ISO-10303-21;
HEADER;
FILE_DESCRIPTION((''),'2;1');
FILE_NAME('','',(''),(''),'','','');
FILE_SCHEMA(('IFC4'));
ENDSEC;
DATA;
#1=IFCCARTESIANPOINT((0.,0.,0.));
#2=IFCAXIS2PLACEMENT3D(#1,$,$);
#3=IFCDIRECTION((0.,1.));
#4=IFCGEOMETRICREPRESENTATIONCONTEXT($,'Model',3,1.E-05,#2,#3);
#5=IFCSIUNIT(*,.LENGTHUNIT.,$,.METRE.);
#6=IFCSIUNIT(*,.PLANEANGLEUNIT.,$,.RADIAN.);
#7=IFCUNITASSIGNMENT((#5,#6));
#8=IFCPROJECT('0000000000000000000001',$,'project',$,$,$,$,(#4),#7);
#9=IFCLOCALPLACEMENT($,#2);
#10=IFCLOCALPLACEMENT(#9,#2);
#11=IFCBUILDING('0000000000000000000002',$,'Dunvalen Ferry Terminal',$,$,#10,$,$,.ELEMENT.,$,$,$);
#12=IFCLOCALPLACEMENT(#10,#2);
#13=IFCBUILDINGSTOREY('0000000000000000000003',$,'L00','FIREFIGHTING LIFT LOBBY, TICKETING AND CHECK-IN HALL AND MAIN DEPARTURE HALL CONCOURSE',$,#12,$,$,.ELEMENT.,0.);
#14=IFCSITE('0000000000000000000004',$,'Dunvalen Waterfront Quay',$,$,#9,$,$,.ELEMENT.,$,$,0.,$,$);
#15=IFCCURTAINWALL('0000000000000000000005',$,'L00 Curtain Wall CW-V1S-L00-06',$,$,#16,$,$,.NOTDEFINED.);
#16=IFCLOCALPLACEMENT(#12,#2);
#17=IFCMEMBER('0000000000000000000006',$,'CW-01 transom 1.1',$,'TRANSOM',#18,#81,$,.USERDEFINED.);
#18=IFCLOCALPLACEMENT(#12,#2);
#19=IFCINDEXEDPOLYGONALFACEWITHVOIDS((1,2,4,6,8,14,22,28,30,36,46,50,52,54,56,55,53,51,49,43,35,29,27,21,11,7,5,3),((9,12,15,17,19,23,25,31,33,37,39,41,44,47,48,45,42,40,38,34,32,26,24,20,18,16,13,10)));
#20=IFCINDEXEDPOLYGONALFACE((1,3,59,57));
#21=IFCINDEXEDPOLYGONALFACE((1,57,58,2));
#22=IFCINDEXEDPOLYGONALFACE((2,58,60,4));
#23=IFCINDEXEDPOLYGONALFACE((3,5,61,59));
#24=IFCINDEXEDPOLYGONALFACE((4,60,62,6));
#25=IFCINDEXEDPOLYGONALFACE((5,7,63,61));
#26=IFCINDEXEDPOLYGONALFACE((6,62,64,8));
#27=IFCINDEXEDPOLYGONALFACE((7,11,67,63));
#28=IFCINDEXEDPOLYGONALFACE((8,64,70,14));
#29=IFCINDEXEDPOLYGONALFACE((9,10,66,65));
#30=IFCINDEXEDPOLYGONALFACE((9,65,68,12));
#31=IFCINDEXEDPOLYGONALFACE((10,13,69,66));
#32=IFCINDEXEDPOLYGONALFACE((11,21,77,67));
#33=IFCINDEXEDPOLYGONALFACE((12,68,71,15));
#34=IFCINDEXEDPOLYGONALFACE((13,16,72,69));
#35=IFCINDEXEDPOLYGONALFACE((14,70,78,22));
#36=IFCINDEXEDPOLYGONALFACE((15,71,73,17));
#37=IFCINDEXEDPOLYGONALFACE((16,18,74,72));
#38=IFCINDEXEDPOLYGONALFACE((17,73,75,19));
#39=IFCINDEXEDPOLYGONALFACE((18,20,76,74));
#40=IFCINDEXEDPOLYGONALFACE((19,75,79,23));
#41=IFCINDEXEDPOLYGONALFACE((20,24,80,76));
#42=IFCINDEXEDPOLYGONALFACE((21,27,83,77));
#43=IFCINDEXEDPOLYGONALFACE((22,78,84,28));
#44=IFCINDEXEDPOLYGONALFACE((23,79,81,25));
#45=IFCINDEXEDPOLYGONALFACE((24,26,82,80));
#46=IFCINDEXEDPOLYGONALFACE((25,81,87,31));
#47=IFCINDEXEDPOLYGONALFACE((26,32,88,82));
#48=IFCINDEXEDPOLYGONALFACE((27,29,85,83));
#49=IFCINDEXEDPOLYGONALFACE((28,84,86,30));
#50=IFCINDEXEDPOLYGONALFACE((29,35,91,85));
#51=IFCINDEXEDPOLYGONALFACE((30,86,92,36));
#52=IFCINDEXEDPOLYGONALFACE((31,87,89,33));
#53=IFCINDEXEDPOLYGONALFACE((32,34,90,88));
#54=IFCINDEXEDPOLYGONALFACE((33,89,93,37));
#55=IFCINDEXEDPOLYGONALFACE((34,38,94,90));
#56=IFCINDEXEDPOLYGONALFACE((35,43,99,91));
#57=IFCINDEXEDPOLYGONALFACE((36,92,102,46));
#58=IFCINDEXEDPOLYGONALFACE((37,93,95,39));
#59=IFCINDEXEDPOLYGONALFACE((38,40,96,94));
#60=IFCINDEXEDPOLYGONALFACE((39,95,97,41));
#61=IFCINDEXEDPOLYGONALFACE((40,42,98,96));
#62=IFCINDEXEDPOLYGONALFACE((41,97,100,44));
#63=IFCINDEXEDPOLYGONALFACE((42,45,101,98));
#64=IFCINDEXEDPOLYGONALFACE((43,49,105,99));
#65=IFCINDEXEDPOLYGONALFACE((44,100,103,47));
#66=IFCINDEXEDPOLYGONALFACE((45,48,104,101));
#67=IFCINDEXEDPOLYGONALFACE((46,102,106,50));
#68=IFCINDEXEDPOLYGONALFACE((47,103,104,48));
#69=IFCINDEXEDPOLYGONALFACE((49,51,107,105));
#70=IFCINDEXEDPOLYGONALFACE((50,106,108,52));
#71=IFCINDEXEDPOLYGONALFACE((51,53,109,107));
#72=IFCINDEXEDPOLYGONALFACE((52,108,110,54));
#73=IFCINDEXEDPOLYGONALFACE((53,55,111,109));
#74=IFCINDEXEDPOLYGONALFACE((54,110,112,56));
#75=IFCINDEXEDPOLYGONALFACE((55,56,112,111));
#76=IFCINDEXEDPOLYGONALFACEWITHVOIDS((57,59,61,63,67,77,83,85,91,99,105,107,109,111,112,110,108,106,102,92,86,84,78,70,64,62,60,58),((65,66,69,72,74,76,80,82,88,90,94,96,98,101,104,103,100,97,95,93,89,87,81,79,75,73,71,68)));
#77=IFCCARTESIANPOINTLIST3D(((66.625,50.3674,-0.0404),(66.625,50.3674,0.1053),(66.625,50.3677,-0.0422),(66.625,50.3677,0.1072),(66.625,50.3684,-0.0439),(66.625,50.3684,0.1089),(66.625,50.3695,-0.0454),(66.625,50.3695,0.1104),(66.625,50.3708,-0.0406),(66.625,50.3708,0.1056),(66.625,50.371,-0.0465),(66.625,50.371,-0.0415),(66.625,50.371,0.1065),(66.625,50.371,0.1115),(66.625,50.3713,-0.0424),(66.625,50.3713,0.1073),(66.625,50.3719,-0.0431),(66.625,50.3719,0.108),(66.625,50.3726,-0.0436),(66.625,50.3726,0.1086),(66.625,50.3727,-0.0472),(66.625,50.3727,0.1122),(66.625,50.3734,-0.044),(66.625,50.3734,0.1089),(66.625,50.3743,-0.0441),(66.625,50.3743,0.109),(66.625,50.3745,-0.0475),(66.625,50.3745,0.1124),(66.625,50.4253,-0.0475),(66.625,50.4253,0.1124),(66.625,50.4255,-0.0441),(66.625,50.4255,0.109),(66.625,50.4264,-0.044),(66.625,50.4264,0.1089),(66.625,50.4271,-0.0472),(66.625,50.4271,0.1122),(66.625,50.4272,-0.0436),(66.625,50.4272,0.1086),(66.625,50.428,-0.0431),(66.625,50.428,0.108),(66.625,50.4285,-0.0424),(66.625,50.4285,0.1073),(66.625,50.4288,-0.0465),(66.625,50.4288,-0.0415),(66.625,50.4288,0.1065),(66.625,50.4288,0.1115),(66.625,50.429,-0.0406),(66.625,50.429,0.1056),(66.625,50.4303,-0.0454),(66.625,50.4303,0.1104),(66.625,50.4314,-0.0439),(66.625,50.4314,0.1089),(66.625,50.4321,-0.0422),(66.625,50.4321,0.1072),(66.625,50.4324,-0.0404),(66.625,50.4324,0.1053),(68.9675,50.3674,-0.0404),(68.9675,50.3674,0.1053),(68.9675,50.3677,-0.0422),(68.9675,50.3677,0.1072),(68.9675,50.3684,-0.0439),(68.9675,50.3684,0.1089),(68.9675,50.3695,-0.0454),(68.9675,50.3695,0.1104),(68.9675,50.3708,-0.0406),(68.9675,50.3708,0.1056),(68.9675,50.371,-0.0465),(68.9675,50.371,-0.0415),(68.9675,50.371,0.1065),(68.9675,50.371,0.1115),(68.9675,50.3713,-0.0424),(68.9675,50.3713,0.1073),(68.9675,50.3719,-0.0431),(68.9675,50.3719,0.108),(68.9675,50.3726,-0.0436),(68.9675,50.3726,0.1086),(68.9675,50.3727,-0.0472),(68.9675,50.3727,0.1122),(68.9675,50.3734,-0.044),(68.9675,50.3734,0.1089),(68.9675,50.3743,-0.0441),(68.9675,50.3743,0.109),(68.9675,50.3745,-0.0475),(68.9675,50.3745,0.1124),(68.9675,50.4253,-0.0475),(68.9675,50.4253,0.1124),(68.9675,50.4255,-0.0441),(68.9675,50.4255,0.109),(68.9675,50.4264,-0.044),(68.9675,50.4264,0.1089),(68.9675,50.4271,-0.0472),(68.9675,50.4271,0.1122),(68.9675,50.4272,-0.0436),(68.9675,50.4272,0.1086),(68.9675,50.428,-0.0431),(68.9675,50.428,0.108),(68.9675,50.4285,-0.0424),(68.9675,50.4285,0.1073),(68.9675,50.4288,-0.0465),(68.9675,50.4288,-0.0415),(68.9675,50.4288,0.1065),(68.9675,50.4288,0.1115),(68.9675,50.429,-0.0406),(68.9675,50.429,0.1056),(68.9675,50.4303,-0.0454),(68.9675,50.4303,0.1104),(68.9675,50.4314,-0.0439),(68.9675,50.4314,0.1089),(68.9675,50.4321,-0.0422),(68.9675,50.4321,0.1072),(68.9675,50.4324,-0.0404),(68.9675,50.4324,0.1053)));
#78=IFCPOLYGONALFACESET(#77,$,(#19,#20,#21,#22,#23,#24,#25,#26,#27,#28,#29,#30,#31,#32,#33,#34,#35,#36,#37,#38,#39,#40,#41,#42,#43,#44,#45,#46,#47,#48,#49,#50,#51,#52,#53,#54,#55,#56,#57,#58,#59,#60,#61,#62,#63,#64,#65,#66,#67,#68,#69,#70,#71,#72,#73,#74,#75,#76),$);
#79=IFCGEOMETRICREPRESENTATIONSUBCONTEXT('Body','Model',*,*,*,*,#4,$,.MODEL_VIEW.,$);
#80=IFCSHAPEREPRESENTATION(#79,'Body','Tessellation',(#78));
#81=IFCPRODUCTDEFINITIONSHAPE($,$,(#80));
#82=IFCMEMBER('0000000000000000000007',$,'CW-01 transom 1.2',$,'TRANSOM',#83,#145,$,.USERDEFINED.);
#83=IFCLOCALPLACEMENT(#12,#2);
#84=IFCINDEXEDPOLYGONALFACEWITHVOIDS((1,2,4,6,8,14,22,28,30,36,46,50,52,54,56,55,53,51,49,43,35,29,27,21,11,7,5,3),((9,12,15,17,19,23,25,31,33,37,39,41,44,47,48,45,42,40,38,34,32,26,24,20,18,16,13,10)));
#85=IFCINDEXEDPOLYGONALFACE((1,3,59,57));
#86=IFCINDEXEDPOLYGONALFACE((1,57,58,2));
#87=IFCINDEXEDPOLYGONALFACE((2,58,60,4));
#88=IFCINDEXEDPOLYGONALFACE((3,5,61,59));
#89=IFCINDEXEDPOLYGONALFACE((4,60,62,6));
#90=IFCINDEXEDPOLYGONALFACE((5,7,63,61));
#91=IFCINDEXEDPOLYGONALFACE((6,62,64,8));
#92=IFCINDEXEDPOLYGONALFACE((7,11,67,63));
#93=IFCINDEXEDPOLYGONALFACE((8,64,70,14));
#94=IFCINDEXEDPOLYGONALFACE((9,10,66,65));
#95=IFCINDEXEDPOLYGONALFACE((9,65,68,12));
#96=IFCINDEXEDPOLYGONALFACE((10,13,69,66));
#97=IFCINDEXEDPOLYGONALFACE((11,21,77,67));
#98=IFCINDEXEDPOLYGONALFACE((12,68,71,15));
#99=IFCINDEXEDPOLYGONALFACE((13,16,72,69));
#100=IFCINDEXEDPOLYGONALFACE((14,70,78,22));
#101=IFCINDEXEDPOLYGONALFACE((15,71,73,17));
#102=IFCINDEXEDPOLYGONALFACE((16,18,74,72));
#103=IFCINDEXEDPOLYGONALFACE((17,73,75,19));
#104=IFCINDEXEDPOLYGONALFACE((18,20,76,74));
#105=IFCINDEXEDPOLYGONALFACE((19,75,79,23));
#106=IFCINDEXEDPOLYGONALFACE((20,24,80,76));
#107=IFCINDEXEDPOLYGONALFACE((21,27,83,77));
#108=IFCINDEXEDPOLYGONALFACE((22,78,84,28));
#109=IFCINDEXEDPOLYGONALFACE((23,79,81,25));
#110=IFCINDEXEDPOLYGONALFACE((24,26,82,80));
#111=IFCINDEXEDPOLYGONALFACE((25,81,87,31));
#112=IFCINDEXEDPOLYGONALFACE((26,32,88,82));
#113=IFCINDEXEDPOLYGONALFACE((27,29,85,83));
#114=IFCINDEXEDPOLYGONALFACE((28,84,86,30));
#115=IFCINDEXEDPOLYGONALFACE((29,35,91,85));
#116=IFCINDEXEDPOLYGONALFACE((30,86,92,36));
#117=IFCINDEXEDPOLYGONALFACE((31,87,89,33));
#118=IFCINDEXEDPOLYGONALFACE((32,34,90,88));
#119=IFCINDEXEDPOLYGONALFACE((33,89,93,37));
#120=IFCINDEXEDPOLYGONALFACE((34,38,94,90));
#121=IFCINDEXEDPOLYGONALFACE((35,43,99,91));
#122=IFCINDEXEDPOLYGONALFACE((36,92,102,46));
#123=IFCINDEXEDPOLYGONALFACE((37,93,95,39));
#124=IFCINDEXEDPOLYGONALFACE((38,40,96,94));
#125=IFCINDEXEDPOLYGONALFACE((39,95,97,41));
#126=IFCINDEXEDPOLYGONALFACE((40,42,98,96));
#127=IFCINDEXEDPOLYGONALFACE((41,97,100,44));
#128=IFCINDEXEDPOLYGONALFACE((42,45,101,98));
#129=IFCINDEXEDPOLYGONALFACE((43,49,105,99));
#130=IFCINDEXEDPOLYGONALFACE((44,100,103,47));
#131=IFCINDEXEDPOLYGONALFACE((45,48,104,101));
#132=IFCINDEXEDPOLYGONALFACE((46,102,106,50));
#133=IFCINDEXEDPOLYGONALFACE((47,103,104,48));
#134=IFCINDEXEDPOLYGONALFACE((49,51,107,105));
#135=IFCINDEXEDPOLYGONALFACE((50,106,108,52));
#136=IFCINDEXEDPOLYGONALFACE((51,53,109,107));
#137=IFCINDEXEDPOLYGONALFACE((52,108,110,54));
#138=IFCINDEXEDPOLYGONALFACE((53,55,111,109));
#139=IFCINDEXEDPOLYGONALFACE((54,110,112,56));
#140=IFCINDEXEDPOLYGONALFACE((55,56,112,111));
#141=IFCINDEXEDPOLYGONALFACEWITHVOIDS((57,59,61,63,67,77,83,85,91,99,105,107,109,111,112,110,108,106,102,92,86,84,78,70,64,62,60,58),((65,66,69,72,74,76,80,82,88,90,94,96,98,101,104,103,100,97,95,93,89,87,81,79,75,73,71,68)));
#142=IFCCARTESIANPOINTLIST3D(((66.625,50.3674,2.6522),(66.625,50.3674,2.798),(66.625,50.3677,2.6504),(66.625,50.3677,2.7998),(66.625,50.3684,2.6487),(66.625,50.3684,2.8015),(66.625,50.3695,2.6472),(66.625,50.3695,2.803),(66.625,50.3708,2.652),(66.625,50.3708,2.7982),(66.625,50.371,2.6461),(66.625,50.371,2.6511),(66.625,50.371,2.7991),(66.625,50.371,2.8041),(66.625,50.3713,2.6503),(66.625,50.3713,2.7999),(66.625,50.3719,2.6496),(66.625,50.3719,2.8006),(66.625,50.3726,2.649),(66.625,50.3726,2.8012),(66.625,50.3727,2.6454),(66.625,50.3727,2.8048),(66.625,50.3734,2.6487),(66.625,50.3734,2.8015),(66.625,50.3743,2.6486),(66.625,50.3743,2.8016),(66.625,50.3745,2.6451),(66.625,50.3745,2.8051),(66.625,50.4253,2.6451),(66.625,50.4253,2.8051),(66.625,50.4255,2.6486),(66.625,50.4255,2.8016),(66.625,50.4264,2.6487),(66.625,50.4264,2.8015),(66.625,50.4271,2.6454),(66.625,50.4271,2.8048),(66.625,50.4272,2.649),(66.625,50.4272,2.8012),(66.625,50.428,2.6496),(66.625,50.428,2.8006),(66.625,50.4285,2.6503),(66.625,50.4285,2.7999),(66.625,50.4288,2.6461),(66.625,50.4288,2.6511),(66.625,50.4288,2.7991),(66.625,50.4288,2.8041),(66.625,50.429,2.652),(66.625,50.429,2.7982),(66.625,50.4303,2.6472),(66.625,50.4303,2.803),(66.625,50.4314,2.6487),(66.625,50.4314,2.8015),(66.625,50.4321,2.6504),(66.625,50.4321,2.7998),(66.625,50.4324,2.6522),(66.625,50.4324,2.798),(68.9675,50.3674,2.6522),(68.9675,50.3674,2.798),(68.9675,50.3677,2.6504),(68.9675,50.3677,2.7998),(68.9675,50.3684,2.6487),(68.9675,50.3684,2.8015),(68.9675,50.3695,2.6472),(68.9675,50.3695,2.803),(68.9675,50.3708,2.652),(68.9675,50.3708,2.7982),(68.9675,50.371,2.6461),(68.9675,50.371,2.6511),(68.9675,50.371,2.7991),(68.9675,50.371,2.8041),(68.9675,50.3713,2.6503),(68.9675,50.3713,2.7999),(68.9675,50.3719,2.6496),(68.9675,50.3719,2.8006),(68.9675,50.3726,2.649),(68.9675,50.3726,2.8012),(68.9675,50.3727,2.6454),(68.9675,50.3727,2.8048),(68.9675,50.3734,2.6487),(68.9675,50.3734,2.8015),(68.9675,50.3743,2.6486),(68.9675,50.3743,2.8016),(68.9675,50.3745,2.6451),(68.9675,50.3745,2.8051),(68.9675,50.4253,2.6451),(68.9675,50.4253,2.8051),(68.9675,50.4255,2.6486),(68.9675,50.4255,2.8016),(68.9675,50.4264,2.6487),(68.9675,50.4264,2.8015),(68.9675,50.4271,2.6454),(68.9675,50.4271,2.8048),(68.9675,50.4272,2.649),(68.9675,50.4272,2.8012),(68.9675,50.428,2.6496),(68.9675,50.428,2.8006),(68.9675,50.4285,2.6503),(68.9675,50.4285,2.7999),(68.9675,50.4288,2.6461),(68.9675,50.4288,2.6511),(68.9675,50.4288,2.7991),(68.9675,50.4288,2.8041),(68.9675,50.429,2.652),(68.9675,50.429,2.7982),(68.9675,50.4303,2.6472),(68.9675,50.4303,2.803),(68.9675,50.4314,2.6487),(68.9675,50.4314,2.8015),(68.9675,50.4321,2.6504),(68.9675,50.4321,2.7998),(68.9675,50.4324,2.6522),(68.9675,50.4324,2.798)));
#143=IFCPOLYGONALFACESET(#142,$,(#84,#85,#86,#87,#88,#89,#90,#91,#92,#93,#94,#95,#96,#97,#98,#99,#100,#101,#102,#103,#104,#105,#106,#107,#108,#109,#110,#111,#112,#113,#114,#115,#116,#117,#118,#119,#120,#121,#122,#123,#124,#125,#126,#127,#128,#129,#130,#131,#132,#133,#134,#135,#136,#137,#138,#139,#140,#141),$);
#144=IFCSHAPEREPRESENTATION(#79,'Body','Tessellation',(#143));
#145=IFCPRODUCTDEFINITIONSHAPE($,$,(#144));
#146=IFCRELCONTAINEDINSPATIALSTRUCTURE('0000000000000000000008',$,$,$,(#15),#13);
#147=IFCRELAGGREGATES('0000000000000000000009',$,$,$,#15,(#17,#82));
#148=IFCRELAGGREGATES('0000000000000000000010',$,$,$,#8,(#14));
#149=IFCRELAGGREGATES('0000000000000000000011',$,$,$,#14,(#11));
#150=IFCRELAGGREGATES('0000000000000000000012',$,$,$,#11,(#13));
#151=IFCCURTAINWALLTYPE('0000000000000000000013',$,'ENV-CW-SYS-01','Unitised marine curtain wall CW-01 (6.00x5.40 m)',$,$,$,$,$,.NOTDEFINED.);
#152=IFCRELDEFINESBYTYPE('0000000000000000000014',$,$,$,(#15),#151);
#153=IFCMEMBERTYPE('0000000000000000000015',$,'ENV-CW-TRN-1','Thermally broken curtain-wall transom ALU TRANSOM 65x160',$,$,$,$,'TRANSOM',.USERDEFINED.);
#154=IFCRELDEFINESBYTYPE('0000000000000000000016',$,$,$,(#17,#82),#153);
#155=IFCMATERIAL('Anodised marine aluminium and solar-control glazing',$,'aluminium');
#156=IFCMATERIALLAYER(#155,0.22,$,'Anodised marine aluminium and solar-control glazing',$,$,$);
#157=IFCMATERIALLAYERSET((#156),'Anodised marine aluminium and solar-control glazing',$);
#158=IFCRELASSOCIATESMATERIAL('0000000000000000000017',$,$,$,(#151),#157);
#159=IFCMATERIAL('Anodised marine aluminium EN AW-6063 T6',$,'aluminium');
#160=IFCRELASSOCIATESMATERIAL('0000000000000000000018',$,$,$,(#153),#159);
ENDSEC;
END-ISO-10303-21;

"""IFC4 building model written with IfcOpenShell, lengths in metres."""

from ifc_helpers import new_model, si_unit, direction, frame, origin, origin_2d, place, context, subcontext, project, spatial, hollow_rectangle, extrude, material, layer, layer_set, material_profile, profile_set, type_object, element, aggregate, save


model = new_model("IFC4")

# Units and contexts
model_context = context("Model", 3, precision=1e-05, world=origin(), true_north=direction((0.0, 1.0)))
body_context = subcontext(model_context, "Body", "Model", "MODEL_VIEW")
ifc_project = project(units=[si_unit("LENGTHUNIT", "METRE"), si_unit("PLANEANGLEUNIT", "RADIAN")], contexts=[model_context])

# Site, building, storey
site_placement = place(None, origin())
site = spatial("IfcSite", under=ifc_project, at=site_placement, Name="Dunvalen Waterfront Quay", CompositionType="ELEMENT", RefElevation=0.0)
building_placement = place(site_placement, origin())
building = spatial("IfcBuilding", under=site, at=building_placement, Name="Dunvalen Ferry Terminal", CompositionType="ELEMENT")
storey_placement = place(building_placement, origin())
storey = spatial("IfcBuildingStorey", under=building, at=storey_placement, Name="L00", Description="FIREFIGHTING LIFT LOBBY, TICKETING AND CHECK-IN HALL AND MAIN DEPARTURE HALL CONCOURSE", CompositionType="ELEMENT", Elevation=0.0)

# Curtain wall, members
ifc_material_1 = material(Name="Anodised marine aluminium and solar-control glazing", Category="aluminium")
ifc_layer_1 = layer(ifc_material_1, 0.22, Name="Anodised marine aluminium and solar-control glazing")
ifc_layer_set_1 = layer_set([ifc_layer_1], Name="Anodised marine aluminium and solar-control glazing")
curtain_wall_type = type_object("IfcCurtainWallType", Name="ENV-CW-SYS-01", Description="Unitised marine curtain wall CW-01 (6.00x5.40 m)", PredefinedType="NOTDEFINED", material=ifc_layer_set_1)
curtain_wall_placement = place(storey_placement, origin())
curtain_wall = element("IfcCurtainWall", 1, at=curtain_wall_placement, inside=storey, type_object=curtain_wall_type, Name="L00 Curtain Wall CW-V1S-L00-06", PredefinedType="NOTDEFINED")
ifc_material_2 = material(Name="Anodised marine aluminium EN AW-6063 T6", Category="aluminium")
ifc_material_profile_1 = material_profile(ifc_material_2, hollow_rectangle(XDim=0.0649, YDim=0.1599, WallThickness=0.0034, InnerFilletRadius=0.0034, OuterFilletRadius=0.0071, at=origin_2d()), Name="Anodised marine aluminium EN AW-6063 T6")
ifc_profile_set_1 = profile_set([ifc_material_profile_1], Name="Anodised marine aluminium EN AW-6063 T6")
member_type_1 = type_object("IfcMemberType", Name="ENV-CW-TRN-1", Description="Thermally broken curtain-wall transom ALU TRANSOM 65x160", ElementType="TRANSOM", PredefinedType="USERDEFINED", material=ifc_profile_set_1)
member_1_placement = place(storey_placement, frame((66.625, 50.3999, 0.0325), z_axis=(1.0, 0.0, 0.0), x_axis=(0.0, 1.0, 0.0)))
member_1 = element("IfcMember", 2, at=member_1_placement, type_object=member_type_1, Name="CW-01 transom 1.1", ObjectType="TRANSOM", PredefinedType="USERDEFINED", context=body_context, shape_type="SweptSolid", body=[
    extrude(hollow_rectangle(XDim=0.0649, YDim=0.1599, WallThickness=0.0034, InnerFilletRadius=0.0034, OuterFilletRadius=0.0071, at=origin_2d()), origin(), (0.0, 0.0, 1.0), 2.3425),
])
member_2_placement = place(storey_placement, frame((66.625, 50.3999, 2.7251), z_axis=(1.0, 0.0, 0.0), x_axis=(0.0, 1.0, 0.0)))
member_2 = element("IfcMember", 3, at=member_2_placement, type_object=member_type_1, Name="CW-01 transom 1.2", ObjectType="TRANSOM", PredefinedType="USERDEFINED", context=body_context, shape_type="SweptSolid", body=[
    extrude(hollow_rectangle(XDim=0.0649, YDim=0.1599, WallThickness=0.0034, InnerFilletRadius=0.0034, OuterFilletRadius=0.0071, at=origin_2d()), origin(), (0.0, 0.0, 1.0), 2.3425),
])

aggregate(curtain_wall, [member_1, member_2])

save(model, "model.ifc")
